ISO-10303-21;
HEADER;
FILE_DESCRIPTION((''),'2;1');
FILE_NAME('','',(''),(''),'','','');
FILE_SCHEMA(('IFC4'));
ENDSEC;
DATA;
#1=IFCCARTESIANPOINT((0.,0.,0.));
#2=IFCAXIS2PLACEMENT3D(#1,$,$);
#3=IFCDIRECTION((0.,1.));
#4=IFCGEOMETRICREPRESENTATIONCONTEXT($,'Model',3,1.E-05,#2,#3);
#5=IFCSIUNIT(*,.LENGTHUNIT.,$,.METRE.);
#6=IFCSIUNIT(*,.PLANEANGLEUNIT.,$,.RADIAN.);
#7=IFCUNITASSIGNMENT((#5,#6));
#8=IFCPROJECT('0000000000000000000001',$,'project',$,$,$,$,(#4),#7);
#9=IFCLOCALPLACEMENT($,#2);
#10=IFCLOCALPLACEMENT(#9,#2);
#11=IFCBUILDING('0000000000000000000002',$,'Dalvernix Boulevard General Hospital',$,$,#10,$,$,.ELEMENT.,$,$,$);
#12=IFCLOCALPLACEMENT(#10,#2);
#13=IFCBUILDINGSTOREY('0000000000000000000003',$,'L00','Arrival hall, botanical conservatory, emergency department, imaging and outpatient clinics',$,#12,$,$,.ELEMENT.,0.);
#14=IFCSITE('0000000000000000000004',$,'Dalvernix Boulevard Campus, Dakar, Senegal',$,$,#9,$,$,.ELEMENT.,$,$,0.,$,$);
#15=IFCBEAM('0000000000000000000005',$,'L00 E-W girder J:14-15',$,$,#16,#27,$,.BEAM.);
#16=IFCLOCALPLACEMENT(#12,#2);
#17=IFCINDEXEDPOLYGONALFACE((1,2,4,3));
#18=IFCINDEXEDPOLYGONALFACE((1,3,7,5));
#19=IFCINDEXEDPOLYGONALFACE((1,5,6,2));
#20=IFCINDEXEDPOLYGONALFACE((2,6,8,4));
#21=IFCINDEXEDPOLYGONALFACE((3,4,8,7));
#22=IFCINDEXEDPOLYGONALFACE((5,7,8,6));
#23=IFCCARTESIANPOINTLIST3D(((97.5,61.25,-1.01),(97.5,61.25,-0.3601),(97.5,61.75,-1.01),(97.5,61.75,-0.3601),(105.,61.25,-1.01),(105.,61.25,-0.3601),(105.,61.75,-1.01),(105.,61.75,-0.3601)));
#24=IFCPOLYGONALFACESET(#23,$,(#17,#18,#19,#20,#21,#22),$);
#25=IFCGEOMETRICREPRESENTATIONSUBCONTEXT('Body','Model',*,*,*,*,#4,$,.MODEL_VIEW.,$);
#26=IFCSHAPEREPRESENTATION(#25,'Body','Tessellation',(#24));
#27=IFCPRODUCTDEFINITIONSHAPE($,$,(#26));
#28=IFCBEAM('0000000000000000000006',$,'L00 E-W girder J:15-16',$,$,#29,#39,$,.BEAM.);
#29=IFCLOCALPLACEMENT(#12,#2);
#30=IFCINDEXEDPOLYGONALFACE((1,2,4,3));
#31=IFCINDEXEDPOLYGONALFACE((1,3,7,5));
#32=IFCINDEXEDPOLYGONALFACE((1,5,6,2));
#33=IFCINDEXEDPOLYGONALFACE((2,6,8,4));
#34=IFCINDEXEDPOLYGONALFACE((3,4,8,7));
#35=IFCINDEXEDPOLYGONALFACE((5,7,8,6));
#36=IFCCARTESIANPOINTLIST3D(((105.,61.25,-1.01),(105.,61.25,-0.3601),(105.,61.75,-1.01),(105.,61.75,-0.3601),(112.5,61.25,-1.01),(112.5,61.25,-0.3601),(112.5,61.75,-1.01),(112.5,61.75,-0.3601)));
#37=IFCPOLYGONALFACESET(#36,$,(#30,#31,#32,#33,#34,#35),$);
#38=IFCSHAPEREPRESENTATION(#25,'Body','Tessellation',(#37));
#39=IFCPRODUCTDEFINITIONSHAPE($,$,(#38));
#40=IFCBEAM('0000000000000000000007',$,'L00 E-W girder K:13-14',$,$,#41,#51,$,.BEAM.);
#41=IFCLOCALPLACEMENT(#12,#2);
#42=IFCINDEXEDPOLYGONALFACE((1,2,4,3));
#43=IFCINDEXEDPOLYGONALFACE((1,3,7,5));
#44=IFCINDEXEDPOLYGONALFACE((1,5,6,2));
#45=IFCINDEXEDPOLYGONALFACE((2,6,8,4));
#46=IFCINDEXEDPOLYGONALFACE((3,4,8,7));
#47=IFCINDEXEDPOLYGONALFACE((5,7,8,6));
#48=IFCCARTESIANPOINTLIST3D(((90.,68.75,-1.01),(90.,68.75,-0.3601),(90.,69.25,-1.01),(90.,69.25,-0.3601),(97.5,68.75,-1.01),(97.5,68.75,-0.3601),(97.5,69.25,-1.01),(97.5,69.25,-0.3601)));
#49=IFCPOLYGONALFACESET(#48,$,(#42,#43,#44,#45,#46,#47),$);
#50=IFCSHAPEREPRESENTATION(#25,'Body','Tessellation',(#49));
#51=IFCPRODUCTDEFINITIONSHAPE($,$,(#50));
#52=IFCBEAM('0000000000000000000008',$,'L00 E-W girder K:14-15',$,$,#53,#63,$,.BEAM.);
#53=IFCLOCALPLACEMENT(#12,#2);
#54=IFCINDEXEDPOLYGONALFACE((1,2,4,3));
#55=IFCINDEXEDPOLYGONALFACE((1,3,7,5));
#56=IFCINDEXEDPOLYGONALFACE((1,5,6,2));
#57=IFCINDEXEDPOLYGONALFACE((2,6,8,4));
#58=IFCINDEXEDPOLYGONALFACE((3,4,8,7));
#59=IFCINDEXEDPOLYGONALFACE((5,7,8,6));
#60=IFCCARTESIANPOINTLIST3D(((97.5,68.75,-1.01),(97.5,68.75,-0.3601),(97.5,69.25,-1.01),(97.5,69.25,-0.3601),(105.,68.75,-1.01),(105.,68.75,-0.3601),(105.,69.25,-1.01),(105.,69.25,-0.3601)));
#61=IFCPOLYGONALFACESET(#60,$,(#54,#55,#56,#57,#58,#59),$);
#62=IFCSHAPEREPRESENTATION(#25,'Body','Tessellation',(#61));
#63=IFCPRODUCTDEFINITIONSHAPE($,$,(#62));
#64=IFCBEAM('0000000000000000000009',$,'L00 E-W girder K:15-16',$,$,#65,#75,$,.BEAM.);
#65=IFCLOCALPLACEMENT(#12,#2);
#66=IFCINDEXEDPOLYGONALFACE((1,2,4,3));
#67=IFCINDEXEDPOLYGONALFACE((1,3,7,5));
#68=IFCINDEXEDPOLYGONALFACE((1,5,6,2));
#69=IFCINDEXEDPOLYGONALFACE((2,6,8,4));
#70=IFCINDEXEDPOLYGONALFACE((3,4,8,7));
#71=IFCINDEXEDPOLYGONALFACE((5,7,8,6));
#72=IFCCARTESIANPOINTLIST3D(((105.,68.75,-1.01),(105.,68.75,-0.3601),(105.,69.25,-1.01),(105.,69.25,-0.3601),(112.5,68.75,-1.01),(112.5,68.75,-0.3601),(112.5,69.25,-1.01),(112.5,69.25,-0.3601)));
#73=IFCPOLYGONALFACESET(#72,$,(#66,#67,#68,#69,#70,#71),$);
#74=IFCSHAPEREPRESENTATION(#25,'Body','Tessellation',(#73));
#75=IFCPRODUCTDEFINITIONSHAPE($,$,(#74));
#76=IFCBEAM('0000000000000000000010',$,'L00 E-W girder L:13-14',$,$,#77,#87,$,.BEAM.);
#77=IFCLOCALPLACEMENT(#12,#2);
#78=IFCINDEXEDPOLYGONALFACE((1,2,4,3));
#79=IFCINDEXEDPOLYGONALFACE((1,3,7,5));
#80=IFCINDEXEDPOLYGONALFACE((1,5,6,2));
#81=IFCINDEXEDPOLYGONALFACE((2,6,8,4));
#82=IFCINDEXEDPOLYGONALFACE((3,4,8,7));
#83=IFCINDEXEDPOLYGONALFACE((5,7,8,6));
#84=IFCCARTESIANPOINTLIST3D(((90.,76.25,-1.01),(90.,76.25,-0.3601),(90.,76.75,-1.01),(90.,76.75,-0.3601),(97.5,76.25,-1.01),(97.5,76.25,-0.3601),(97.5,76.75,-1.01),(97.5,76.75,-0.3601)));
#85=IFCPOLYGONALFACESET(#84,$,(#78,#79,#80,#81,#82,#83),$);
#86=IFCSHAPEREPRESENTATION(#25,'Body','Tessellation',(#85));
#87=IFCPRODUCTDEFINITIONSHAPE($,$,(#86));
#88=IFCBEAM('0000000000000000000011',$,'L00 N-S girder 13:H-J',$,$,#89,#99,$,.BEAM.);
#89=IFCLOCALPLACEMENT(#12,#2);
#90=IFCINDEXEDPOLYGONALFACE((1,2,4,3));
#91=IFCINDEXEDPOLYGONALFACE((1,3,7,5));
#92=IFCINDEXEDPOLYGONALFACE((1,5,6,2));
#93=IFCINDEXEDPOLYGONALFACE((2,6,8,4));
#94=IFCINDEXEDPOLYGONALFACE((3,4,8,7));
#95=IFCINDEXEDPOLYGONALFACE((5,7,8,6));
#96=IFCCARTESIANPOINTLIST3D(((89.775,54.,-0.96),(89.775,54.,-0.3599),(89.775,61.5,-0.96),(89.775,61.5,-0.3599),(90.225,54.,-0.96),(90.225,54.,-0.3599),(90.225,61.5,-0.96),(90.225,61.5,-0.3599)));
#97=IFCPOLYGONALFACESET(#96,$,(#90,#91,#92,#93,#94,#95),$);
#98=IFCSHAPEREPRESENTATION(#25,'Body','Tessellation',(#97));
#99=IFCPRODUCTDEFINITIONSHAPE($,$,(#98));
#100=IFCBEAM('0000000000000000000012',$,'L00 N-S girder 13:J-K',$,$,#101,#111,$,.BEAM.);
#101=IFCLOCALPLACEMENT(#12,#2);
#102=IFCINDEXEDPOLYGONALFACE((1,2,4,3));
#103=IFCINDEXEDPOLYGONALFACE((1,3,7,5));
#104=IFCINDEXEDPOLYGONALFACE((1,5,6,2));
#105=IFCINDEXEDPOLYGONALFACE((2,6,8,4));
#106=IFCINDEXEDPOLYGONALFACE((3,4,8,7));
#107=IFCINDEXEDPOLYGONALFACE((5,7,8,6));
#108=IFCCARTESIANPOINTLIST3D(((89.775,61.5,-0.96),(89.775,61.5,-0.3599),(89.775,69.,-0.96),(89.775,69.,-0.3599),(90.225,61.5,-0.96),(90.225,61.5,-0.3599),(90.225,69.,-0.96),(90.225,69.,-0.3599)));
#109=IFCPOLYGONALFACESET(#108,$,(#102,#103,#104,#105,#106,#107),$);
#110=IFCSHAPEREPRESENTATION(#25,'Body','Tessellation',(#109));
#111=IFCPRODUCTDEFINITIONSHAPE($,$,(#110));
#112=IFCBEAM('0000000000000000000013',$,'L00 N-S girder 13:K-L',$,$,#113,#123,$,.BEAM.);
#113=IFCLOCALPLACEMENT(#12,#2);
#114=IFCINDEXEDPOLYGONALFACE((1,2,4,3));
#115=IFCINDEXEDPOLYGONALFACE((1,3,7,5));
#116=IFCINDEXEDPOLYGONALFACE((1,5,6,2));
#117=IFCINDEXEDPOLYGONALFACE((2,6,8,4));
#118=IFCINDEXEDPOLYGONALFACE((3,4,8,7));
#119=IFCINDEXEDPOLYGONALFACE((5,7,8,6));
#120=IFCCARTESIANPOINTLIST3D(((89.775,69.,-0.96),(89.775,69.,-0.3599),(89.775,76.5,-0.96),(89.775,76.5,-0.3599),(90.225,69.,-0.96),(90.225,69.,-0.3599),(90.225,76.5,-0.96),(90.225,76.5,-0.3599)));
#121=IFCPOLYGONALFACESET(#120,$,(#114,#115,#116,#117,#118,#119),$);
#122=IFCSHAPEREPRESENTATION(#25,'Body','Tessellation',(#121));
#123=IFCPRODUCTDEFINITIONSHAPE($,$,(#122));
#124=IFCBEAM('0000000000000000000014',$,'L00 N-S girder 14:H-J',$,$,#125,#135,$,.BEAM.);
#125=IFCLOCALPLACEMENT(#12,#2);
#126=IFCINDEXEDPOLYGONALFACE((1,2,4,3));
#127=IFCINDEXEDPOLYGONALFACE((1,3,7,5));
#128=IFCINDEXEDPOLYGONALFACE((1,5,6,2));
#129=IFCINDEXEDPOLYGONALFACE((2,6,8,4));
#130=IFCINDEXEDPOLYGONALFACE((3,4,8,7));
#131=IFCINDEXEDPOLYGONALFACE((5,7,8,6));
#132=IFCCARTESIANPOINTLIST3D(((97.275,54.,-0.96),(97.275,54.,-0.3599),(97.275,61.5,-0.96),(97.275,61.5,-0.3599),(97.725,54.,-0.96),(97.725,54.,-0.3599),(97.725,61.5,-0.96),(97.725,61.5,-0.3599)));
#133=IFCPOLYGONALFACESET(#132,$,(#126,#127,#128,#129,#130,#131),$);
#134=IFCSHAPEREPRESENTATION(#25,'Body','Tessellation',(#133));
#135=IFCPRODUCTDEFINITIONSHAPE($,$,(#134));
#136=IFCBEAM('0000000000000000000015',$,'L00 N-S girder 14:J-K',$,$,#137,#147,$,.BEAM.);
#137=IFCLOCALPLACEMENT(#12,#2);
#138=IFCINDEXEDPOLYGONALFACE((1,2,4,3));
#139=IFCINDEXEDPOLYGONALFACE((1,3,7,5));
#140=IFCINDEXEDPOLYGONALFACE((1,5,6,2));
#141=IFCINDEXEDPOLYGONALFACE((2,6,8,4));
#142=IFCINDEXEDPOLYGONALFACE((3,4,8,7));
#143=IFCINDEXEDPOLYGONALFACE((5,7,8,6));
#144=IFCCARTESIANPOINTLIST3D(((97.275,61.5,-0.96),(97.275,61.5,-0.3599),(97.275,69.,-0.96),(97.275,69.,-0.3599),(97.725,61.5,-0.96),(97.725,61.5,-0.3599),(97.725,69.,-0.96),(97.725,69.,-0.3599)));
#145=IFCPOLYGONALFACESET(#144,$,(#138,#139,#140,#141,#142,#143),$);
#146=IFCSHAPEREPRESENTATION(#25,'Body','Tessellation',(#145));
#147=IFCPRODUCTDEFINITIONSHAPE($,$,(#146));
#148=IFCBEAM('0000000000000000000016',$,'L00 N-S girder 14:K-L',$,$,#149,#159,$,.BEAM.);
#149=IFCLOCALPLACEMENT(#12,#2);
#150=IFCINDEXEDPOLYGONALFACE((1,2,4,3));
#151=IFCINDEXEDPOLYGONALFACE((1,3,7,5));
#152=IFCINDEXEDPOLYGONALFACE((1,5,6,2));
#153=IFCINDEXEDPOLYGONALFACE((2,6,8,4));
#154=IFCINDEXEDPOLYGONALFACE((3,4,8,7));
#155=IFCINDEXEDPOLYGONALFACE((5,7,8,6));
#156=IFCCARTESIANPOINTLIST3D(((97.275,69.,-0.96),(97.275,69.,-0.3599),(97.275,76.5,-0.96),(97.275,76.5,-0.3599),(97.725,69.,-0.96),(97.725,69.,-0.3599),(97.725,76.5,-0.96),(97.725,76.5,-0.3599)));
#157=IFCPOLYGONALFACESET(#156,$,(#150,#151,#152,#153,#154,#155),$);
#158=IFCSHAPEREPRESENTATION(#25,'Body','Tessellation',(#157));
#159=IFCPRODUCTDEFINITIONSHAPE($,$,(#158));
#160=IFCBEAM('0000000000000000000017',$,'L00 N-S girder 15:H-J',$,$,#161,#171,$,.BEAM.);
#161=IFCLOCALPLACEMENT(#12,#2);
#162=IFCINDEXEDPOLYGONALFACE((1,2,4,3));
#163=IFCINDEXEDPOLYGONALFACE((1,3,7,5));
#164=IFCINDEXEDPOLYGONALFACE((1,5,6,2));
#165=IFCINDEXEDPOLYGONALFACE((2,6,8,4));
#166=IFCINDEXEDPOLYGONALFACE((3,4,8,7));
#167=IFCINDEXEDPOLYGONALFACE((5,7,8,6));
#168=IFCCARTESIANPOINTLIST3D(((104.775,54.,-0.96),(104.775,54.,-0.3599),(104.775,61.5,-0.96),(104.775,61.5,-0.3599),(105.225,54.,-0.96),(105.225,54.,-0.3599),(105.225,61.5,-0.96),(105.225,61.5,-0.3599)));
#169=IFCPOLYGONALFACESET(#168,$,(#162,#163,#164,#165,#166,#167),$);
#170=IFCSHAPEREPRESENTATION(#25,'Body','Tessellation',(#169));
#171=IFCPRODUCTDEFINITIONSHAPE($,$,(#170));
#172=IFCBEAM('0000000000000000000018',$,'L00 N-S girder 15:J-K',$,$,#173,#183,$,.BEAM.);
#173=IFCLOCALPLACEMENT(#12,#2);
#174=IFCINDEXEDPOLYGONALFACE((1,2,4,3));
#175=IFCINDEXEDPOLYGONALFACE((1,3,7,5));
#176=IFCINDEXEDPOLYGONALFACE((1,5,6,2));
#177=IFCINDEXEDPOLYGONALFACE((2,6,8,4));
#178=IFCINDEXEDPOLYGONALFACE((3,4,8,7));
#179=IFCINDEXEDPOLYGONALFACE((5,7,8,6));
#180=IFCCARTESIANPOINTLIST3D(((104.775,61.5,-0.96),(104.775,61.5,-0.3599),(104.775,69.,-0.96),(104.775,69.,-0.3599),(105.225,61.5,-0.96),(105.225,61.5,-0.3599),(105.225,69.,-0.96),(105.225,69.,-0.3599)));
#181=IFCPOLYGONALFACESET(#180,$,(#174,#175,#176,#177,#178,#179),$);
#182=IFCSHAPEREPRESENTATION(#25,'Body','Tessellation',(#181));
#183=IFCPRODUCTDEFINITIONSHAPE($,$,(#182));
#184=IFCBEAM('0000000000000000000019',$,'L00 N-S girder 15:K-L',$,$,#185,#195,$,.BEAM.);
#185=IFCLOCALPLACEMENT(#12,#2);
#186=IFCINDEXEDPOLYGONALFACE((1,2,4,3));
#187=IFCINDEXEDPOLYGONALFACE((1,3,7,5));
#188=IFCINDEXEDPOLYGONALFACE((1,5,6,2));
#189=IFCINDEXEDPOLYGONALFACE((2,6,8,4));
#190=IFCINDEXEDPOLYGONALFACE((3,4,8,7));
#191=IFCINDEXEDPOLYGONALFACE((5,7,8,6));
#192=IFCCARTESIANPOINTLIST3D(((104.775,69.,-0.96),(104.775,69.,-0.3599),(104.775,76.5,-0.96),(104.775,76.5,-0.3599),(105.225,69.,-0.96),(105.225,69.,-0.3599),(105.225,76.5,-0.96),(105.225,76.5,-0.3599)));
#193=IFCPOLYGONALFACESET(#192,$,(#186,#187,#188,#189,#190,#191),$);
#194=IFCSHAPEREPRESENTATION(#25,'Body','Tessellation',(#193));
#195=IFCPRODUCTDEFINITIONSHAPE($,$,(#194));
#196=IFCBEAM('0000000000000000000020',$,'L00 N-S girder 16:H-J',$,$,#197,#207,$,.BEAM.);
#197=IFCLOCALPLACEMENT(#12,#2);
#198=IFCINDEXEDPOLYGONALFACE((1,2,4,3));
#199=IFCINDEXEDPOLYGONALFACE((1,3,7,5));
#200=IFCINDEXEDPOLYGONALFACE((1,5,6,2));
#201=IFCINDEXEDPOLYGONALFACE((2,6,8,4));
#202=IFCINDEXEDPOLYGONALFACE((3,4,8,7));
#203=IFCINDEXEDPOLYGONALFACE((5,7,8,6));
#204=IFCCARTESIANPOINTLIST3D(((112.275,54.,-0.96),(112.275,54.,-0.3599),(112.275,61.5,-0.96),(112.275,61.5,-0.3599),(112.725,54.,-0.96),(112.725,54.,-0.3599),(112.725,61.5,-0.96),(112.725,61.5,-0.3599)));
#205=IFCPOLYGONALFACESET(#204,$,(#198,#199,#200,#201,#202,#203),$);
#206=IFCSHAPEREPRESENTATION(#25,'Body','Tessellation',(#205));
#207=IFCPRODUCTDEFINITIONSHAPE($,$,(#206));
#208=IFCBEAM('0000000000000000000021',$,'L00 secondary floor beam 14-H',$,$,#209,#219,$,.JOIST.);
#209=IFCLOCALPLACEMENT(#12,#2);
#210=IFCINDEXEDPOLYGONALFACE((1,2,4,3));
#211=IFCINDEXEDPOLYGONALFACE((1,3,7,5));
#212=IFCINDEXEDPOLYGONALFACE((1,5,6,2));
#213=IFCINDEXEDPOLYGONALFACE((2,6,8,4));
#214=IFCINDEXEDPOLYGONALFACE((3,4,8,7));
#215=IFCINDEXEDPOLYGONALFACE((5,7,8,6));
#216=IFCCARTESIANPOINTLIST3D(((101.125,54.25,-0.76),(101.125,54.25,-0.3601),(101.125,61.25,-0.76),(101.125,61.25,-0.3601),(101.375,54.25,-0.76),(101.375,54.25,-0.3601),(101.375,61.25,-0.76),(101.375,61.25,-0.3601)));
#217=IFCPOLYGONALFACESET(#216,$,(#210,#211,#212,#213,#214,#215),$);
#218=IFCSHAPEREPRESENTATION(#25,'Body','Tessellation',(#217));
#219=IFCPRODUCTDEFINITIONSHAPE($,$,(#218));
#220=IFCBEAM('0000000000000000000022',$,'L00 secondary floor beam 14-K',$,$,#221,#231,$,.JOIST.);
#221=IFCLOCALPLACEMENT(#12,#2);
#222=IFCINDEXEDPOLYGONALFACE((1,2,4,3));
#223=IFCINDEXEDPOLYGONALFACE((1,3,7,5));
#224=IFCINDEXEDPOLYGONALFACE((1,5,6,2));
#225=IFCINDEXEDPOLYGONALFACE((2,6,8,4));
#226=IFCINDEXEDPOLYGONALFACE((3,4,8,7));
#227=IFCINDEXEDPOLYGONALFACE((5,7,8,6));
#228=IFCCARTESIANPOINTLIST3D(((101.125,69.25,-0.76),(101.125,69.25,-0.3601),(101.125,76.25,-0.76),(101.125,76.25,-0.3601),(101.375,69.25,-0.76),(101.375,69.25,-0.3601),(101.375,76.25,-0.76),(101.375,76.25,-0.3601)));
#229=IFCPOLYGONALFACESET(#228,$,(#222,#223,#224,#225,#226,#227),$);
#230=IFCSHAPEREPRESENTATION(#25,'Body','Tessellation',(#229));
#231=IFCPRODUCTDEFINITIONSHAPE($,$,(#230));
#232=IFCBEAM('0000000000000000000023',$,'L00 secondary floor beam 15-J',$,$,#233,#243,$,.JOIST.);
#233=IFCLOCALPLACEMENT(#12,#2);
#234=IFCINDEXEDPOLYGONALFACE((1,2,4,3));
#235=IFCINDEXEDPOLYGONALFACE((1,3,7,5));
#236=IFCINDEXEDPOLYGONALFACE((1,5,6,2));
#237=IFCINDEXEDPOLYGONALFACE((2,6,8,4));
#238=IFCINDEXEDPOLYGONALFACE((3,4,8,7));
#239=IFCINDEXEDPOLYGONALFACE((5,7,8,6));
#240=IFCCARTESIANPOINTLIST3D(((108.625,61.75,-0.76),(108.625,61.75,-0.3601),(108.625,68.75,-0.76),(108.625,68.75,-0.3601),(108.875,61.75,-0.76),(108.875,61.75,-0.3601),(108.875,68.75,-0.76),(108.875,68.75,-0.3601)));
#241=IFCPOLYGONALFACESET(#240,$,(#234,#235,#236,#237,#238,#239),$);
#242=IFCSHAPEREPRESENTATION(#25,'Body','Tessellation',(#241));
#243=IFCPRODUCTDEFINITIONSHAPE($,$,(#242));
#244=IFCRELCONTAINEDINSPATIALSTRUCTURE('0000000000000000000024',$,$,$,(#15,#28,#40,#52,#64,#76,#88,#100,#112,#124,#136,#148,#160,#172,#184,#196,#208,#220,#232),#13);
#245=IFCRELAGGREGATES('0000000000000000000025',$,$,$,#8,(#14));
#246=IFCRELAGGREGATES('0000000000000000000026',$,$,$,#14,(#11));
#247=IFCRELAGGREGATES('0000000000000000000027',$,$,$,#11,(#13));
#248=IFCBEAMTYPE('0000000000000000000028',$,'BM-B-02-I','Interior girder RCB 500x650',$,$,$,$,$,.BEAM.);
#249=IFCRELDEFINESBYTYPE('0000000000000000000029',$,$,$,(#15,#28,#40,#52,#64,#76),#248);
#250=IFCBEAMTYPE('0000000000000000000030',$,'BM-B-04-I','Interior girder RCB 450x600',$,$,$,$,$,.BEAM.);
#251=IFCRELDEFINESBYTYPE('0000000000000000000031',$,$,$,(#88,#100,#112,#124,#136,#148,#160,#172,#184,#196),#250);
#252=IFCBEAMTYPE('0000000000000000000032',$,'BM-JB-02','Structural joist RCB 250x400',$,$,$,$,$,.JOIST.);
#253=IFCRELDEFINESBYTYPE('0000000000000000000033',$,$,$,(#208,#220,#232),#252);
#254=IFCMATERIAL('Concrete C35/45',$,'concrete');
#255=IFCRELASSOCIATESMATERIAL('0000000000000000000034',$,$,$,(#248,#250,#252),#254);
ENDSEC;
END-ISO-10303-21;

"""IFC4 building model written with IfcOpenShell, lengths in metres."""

from ifc_helpers import new_model, si_unit, direction, frame, origin, origin_2d, place, context, subcontext, project, spatial, rectangle, extrude, material, material_profile, profile_set, type_object, element, save


model = new_model("IFC4")

# Units and contexts
model_context = context("Model", 3, precision=1e-05, world=origin(), true_north=direction((0.0, 1.0)))
body_context = subcontext(model_context, "Body", "Model", "MODEL_VIEW")
ifc_project = project(units=[si_unit("LENGTHUNIT", "METRE"), si_unit("PLANEANGLEUNIT", "RADIAN")], contexts=[model_context])

# Site, building, storey
site_placement = place(None, origin())
site = spatial("IfcSite", under=ifc_project, at=site_placement, Name="Dalvernix Boulevard Campus, Dakar, Senegal", CompositionType="ELEMENT", RefElevation=0.0)
building_placement = place(site_placement, origin())
building = spatial("IfcBuilding", under=site, at=building_placement, Name="Dalvernix Boulevard General Hospital", CompositionType="ELEMENT")
storey_placement = place(building_placement, origin())
storey = spatial("IfcBuildingStorey", under=building, at=storey_placement, Name="L00", Description="Arrival hall, botanical conservatory, emergency department, imaging and outpatient clinics", CompositionType="ELEMENT", Elevation=0.0)

# Beams
ifc_material_1 = material(Name="Concrete C35/45", Category="concrete")
ifc_material_profile_1 = material_profile(ifc_material_1, rectangle(XDim=0.5, YDim=0.6499, at=origin_2d()), Name="RCB 500x650")
ifc_profile_set_1 = profile_set([ifc_material_profile_1], Name="Concrete C35/45")
beam_type_1 = type_object("IfcBeamType", Name="BM-B-02-I", Description="Interior girder RCB 500x650", PredefinedType="BEAM", material=ifc_profile_set_1)
for number, where, z_axis, x_axis, name in (
    (1, (97.5, 61.5, -0.6851), (1.0, 0.0, 0.0), (0.0, 1.0, 0.0), "L00 E-W girder J:14-15"),
    (2, (105.0, 61.5, -0.6851), (1.0, 0.0, 0.0), (0.0, 1.0, 0.0), "L00 E-W girder J:15-16"),
    (3, (90.0, 69.0, -0.6851), (1.0, 0.0, 0.0), (0.0, 1.0, 0.0), "L00 E-W girder K:13-14"),
    (4, (97.5, 69.0, -0.6851), (1.0, 0.0, 0.0), (0.0, 1.0, 0.0), "L00 E-W girder K:14-15"),
    (5, (105.0, 69.0, -0.6851), (1.0, 0.0, 0.0), (0.0, 1.0, 0.0), "L00 E-W girder K:15-16"),
    (6, (90.0, 76.5, -0.6851), (1.0, 0.0, 0.0), (0.0, 1.0, 0.0), "L00 E-W girder L:13-14"),
):
    element("IfcBeam", number, at=place(storey_placement, frame(where, z_axis=z_axis, x_axis=x_axis)), inside=storey, type_object=beam_type_1, Name=name, PredefinedType="BEAM", context=body_context, shape_type="SweptSolid", body=[
        extrude(rectangle(XDim=0.5, YDim=0.6499, at=origin_2d()), origin(), (0.0, 0.0, 1.0), 7.5),
    ])
ifc_material_profile_2 = material_profile(ifc_material_1, rectangle(XDim=0.45, YDim=0.6001, at=origin_2d()), Name="RCB 450x600")
ifc_profile_set_2 = profile_set([ifc_material_profile_2], Name="Concrete C35/45")
beam_type_2 = type_object("IfcBeamType", Name="BM-B-04-I", Description="Interior girder RCB 450x600", PredefinedType="BEAM", material=ifc_profile_set_2)
for number, where, z_axis, x_axis, name in (
    (7, (90.0, 54.0, -0.6599), (0.0, 1.0, 0.0), (-1.0, 0.0, 0.0), "L00 N-S girder 13:H-J"),
    (8, (90.0, 61.5, -0.6599), (0.0, 1.0, 0.0), (-1.0, 0.0, 0.0), "L00 N-S girder 13:J-K"),
    (9, (90.0, 69.0, -0.6599), (0.0, 1.0, 0.0), (-1.0, 0.0, 0.0), "L00 N-S girder 13:K-L"),
    (10, (97.5, 54.0, -0.6599), (0.0, 1.0, 0.0), (-1.0, 0.0, 0.0), "L00 N-S girder 14:H-J"),
    (11, (97.5, 61.5, -0.6599), (0.0, 1.0, 0.0), (-1.0, 0.0, 0.0), "L00 N-S girder 14:J-K"),
    (12, (97.5, 69.0, -0.6599), (0.0, 1.0, 0.0), (-1.0, 0.0, 0.0), "L00 N-S girder 14:K-L"),
    (13, (105.0, 54.0, -0.6599), (0.0, 1.0, 0.0), (-1.0, 0.0, 0.0), "L00 N-S girder 15:H-J"),
    (14, (105.0, 61.5, -0.6599), (0.0, 1.0, 0.0), (-1.0, 0.0, 0.0), "L00 N-S girder 15:J-K"),
    (15, (105.0, 69.0, -0.6599), (0.0, 1.0, 0.0), (-1.0, 0.0, 0.0), "L00 N-S girder 15:K-L"),
    (16, (112.5, 54.0, -0.6599), (0.0, 1.0, 0.0), (-1.0, 0.0, 0.0), "L00 N-S girder 16:H-J"),
):
    element("IfcBeam", number, at=place(storey_placement, frame(where, z_axis=z_axis, x_axis=x_axis)), inside=storey, type_object=beam_type_2, Name=name, PredefinedType="BEAM", context=body_context, shape_type="SweptSolid", body=[
        extrude(rectangle(XDim=0.45, YDim=0.6001, at=origin_2d()), origin(), (0.0, 0.0, 1.0), 7.5),
    ])
ifc_material_profile_3 = material_profile(ifc_material_1, rectangle(XDim=0.25, YDim=0.3999, at=origin_2d()), Name="RCB 250x400")
ifc_profile_set_3 = profile_set([ifc_material_profile_3], Name="Concrete C35/45")
beam_type_3 = type_object("IfcBeamType", Name="BM-JB-02", Description="Structural joist RCB 250x400", PredefinedType="JOIST", material=ifc_profile_set_3)
for number, where, z_axis, x_axis, name in (
    (17, (101.25, 54.25, -0.5601), (0.0, 1.0, 0.0), (-1.0, 0.0, 0.0), "L00 secondary floor beam 14-H"),
    (18, (101.25, 69.25, -0.5601), (0.0, 1.0, 0.0), (-1.0, 0.0, 0.0), "L00 secondary floor beam 14-K"),
    (19, (108.75, 61.75, -0.5601), (0.0, 1.0, 0.0), (-1.0, 0.0, 0.0), "L00 secondary floor beam 15-J"),
):
    element("IfcBeam", number, at=place(storey_placement, frame(where, z_axis=z_axis, x_axis=x_axis)), inside=storey, type_object=beam_type_3, Name=name, PredefinedType="JOIST", context=body_context, shape_type="SweptSolid", body=[
        extrude(rectangle(XDim=0.25, YDim=0.3999, at=origin_2d()), origin(), (0.0, 0.0, 1.0), 7.0),
    ])

save(model, "model.ifc")
